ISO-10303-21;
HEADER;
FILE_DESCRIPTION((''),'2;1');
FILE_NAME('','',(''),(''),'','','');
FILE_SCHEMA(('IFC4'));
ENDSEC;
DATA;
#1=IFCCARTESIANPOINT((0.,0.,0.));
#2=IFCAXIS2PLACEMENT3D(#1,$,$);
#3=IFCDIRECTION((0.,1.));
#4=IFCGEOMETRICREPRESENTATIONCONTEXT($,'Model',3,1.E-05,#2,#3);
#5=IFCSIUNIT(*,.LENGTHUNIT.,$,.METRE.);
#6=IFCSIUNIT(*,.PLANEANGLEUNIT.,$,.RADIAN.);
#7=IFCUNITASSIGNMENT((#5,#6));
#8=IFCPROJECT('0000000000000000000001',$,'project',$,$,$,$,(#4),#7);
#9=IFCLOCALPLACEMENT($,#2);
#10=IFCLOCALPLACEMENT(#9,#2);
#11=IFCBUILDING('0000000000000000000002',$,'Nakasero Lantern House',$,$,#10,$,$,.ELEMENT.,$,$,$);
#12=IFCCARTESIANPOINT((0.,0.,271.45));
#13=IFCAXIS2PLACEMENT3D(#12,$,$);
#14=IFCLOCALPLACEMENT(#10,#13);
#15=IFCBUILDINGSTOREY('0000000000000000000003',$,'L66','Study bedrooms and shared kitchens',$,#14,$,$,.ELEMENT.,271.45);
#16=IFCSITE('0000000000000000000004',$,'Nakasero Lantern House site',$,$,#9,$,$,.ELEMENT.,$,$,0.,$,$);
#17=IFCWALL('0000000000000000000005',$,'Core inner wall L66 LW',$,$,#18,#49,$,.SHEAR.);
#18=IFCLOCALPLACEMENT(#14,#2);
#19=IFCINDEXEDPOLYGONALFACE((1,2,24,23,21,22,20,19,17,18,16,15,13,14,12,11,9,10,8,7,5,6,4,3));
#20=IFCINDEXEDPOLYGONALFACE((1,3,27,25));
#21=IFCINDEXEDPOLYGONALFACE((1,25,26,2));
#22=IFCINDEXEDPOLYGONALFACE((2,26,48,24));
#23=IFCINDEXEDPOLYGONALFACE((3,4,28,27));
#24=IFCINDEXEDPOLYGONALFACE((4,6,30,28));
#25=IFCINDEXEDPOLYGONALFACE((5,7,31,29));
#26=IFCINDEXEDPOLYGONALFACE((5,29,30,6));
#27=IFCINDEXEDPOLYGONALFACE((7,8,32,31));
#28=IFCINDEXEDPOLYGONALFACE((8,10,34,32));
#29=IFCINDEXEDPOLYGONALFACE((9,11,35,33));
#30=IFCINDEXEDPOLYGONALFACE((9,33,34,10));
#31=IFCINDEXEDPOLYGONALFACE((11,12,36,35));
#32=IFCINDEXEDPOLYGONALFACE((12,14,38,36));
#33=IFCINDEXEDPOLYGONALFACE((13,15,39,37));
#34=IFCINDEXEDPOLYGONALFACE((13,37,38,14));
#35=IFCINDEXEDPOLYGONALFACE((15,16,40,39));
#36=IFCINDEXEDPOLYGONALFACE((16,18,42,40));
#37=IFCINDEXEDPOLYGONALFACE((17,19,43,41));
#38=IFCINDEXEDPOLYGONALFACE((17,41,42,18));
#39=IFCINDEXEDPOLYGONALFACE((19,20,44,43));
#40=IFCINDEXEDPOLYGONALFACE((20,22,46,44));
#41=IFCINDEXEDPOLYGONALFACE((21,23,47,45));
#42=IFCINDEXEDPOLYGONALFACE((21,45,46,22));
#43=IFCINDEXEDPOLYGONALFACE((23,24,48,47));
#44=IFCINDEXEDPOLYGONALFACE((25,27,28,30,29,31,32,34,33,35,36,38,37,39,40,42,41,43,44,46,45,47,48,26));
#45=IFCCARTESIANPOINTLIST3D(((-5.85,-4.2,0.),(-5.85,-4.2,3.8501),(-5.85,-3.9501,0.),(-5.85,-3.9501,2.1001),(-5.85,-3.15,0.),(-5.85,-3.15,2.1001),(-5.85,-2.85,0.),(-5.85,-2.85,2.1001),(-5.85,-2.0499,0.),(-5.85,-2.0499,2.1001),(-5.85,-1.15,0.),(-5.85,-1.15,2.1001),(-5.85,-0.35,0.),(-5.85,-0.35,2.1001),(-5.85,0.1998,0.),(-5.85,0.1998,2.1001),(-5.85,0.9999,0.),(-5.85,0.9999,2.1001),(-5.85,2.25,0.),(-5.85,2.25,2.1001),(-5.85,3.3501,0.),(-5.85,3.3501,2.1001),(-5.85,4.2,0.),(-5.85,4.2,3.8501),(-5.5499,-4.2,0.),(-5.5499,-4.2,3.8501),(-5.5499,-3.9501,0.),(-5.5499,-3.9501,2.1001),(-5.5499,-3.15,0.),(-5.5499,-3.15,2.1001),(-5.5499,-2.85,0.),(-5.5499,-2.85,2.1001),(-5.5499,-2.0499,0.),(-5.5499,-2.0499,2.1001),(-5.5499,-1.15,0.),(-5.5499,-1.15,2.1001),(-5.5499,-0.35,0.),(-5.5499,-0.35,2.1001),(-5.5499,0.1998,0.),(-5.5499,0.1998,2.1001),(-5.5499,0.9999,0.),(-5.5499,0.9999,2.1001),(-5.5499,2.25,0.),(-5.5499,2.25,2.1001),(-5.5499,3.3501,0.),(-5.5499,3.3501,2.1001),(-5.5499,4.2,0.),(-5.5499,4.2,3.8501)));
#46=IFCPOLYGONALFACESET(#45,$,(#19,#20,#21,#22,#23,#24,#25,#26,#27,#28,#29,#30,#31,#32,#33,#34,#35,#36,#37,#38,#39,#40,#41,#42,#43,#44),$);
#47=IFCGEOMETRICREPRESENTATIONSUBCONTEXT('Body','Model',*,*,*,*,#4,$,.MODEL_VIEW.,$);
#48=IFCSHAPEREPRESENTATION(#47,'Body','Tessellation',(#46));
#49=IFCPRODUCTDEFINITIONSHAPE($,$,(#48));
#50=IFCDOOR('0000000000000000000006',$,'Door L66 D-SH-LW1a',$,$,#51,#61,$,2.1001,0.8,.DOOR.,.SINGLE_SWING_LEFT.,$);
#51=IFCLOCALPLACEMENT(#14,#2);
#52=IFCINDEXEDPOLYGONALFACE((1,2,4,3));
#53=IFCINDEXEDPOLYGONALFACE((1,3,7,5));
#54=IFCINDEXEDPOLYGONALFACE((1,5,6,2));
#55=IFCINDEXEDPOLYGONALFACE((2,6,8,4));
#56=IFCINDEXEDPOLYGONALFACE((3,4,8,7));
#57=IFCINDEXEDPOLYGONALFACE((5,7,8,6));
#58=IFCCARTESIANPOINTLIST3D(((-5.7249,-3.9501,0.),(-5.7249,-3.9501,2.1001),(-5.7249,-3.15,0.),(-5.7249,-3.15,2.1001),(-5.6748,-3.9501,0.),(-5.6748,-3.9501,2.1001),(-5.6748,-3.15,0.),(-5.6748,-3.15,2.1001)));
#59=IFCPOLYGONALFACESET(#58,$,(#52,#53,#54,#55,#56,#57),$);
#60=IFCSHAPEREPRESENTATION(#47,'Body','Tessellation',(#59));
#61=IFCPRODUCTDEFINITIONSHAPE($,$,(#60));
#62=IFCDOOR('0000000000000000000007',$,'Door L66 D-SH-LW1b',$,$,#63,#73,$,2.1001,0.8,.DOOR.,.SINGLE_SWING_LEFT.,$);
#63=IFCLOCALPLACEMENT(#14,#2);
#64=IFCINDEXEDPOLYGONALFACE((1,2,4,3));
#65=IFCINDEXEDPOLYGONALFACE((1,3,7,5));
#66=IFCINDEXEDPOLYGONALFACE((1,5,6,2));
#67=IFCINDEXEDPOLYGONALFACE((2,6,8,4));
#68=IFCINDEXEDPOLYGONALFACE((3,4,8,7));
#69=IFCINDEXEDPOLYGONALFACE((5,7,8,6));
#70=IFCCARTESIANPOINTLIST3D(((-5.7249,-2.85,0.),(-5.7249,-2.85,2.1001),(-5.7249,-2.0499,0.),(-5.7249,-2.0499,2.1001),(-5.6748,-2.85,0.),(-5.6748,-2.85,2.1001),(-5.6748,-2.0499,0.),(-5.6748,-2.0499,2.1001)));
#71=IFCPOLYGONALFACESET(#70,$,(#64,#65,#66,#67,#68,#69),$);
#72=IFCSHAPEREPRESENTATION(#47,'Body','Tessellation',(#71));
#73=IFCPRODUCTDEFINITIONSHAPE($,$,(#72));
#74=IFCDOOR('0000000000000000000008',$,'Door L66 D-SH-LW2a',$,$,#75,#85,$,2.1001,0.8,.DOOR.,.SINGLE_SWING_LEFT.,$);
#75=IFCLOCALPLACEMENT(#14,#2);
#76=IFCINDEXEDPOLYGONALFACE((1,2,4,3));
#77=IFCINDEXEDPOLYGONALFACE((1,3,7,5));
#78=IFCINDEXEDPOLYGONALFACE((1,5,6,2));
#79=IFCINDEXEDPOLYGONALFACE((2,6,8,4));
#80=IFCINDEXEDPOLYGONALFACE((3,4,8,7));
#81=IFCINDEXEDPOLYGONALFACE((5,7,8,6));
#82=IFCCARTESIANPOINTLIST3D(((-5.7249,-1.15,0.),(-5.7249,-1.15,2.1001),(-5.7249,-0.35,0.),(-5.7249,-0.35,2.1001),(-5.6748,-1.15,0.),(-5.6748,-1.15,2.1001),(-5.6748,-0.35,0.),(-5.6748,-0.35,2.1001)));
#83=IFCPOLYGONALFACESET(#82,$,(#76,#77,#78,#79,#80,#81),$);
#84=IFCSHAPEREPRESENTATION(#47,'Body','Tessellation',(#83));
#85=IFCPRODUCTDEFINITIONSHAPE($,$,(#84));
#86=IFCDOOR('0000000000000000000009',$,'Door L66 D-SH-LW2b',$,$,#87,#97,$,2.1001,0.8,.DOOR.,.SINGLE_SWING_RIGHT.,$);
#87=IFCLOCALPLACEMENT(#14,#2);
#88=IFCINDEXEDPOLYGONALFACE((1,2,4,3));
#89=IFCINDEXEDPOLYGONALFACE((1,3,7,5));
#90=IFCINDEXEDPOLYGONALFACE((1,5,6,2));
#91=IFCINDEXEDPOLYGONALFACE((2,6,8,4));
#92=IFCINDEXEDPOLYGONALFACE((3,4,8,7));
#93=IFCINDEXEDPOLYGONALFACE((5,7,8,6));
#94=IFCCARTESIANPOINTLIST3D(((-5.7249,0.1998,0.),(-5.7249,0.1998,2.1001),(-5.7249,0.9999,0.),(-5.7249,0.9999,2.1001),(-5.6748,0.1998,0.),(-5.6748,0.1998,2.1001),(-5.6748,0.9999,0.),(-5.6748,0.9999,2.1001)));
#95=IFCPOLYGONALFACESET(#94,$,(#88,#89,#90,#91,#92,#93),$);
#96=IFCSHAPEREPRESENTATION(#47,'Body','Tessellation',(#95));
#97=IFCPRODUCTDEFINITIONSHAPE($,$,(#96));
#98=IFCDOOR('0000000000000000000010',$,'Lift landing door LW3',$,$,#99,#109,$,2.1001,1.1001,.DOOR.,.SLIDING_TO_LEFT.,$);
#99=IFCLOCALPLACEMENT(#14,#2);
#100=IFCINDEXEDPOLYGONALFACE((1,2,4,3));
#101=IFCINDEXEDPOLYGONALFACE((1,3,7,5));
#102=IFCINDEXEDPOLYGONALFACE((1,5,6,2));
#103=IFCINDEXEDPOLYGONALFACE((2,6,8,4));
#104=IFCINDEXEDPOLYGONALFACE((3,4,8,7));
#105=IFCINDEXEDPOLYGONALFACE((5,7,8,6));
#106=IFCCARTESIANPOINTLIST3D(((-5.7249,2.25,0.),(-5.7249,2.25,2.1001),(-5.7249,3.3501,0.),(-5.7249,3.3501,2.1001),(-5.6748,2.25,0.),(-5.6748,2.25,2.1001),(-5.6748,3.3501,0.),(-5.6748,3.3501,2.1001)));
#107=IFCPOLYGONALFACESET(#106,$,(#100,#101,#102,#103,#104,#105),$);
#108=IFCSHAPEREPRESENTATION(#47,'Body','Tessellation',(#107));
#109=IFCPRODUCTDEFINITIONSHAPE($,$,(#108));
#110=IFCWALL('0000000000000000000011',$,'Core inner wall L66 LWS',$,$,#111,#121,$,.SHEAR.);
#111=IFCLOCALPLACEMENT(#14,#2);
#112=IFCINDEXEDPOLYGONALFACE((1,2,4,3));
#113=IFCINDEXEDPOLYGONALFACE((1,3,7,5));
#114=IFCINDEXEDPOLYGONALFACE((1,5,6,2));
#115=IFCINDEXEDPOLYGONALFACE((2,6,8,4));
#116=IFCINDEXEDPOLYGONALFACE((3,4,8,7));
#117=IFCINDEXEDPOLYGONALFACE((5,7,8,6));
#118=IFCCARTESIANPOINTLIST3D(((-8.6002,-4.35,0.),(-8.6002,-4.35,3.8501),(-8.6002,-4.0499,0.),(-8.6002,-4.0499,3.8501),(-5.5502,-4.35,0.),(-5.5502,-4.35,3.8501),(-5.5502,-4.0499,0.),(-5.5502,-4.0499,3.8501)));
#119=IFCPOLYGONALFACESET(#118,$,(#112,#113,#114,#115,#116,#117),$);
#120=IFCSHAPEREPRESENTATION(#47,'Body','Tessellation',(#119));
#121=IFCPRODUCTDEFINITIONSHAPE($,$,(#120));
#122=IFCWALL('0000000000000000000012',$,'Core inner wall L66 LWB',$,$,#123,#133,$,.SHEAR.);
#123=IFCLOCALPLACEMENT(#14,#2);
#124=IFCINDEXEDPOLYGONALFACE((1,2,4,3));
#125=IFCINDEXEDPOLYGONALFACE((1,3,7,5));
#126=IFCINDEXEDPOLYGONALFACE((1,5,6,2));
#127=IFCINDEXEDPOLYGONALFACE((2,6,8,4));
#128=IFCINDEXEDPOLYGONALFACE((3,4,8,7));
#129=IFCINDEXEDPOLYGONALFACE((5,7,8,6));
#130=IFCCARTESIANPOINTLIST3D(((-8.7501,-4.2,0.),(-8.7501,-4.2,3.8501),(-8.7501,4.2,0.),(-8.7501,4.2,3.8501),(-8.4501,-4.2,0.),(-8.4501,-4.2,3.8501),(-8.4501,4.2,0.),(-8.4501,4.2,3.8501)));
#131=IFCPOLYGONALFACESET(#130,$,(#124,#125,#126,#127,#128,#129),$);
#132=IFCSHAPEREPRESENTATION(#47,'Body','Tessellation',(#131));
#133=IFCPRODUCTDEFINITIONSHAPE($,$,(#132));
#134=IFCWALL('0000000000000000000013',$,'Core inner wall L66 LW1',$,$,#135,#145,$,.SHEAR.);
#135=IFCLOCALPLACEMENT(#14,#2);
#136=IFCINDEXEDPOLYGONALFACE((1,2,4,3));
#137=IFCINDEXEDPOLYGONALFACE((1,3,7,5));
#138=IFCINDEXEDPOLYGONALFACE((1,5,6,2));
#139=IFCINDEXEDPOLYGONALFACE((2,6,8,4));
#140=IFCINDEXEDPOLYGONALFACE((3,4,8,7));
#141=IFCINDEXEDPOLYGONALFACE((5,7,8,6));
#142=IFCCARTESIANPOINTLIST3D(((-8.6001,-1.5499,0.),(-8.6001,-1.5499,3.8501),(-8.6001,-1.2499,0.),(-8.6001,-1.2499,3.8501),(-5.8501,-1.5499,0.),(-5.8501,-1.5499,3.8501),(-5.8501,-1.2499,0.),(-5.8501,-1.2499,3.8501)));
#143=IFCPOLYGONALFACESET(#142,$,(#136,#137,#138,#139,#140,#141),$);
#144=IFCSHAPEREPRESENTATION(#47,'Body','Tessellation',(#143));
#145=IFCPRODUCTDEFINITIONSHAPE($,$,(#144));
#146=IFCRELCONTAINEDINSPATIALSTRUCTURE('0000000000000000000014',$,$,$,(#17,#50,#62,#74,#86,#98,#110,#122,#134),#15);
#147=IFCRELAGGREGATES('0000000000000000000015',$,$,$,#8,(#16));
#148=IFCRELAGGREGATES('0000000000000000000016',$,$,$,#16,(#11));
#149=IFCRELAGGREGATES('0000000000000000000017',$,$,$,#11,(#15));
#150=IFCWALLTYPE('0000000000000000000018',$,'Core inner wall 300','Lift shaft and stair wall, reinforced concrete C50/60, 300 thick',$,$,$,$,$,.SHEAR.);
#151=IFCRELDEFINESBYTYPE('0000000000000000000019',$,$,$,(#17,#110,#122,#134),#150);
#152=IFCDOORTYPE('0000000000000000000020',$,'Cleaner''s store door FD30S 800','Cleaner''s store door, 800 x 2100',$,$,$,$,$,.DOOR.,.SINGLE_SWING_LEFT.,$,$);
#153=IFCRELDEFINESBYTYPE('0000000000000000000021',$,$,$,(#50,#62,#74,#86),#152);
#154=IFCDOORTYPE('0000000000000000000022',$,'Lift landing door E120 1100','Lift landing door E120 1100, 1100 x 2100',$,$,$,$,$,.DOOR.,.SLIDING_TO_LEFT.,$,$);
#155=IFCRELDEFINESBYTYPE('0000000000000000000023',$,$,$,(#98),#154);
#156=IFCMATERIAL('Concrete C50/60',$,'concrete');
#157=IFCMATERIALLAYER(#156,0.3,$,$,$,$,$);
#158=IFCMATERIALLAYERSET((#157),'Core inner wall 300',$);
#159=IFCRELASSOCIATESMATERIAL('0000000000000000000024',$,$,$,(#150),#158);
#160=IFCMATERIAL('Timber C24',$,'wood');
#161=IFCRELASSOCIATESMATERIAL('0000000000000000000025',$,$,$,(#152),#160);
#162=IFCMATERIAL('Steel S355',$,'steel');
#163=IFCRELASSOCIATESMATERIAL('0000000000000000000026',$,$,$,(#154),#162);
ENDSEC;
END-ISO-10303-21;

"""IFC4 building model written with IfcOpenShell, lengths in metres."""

from ifc_helpers import new_model, si_unit, direction, frame, frame_2d, origin, place, context, subcontext, project, spatial, rectangle, extrude, material, layer, layer_set, type_object, element, fill, save


model = new_model("IFC4")

# Units and contexts
model_context = context("Model", 3, precision=1e-05, world=origin(), true_north=direction((0.0, 1.0)))
body_context = subcontext(model_context, "Body", "Model", "MODEL_VIEW")
ifc_project = project(units=[si_unit("LENGTHUNIT", "METRE"), si_unit("PLANEANGLEUNIT", "RADIAN")], contexts=[model_context])

# Site, building, storey
site_placement = place(None, origin())
site = spatial("IfcSite", under=ifc_project, at=site_placement, Name="Nakasero Lantern House site", CompositionType="ELEMENT", RefElevation=0.0)
building_placement = place(site_placement, origin())
building = spatial("IfcBuilding", under=site, at=building_placement, Name="Nakasero Lantern House", CompositionType="ELEMENT")
storey_placement = place(building_placement, frame((0.0, 0.0, 271.45)))
storey = spatial("IfcBuildingStorey", under=building, at=storey_placement, Name="L66", Description="Study bedrooms and shared kitchens", CompositionType="ELEMENT", Elevation=271.45)

# Wall, openings, doors
ifc_material_1 = material(Name="Concrete C50/60", Category="concrete")
ifc_layer_1 = layer(ifc_material_1, 0.3)
ifc_layer_set_1 = layer_set([ifc_layer_1], Name="Core inner wall 300")
wall_type_1 = type_object("IfcWallType", Name="Core inner wall 300", Description="Lift shaft and stair wall, reinforced concrete C50/60, 300 thick", PredefinedType="SHEAR", material=ifc_layer_set_1)
wall_1_placement = place(storey_placement, frame((-5.7, -4.2, 0.0), z_axis=(0.0, 0.0, 1.0), x_axis=(0.0, 1.0, 0.0)))
wall_1 = element("IfcWall", 1, at=wall_1_placement, inside=storey, type_object=wall_type_1, Name="Core inner wall L66 LW", PredefinedType="SHEAR", context=body_context, shape_type="SweptSolid", body=[
    extrude(rectangle(XDim=8.3999, YDim=0.3, at=frame_2d((4.2, 0.0))), origin(), (0.0, 0.0, 1.0), 3.8501),
])
opening_1_placement = place(wall_1_placement, frame((0.25, 0.0, 0.0)))
opening_1 = element("IfcOpeningElement", 2, at=opening_1_placement, cuts=wall_1, PredefinedType="OPENING", context=body_context, shape_type="SweptSolid", body=[
    extrude(rectangle(XDim=0.8, YDim=2.1001, at=frame_2d((0.3999, 1.05))), frame((0.0, 0.1699, 0.0), z_axis=(0.0, -1.0, 0.0), x_axis=(1.0, 0.0, 0.0)), (0.0, 0.0, 1.0), 0.3401),
])
opening_2_placement = place(wall_1_placement, frame((1.3501, 0.0, 0.0)))
opening_2 = element("IfcOpeningElement", 3, at=opening_2_placement, cuts=wall_1, PredefinedType="OPENING", context=body_context, shape_type="SweptSolid", body=[
    extrude(rectangle(XDim=0.8, YDim=2.1001, at=frame_2d((0.3999, 1.05))), frame((0.0, 0.1699, 0.0), z_axis=(0.0, -1.0, 0.0), x_axis=(1.0, 0.0, 0.0)), (0.0, 0.0, 1.0), 0.3401),
])
opening_3_placement = place(wall_1_placement, frame((3.05, 0.0, 0.0)))
opening_3 = element("IfcOpeningElement", 4, at=opening_3_placement, cuts=wall_1, PredefinedType="OPENING", context=body_context, shape_type="SweptSolid", body=[
    extrude(rectangle(XDim=0.8, YDim=2.1001, at=frame_2d((0.3999, 1.05))), frame((0.0, 0.1699, 0.0), z_axis=(0.0, -1.0, 0.0), x_axis=(1.0, 0.0, 0.0)), (0.0, 0.0, 1.0), 0.3401),
])
opening_4_placement = place(wall_1_placement, frame((4.3999, 0.0, 0.0)))
opening_4 = element("IfcOpeningElement", 5, at=opening_4_placement, cuts=wall_1, PredefinedType="OPENING", context=body_context, shape_type="SweptSolid", body=[
    extrude(rectangle(XDim=0.8, YDim=2.1001, at=frame_2d((0.3999, 1.05))), frame((0.0, 0.1699, 0.0), z_axis=(0.0, -1.0, 0.0), x_axis=(1.0, 0.0, 0.0)), (0.0, 0.0, 1.0), 0.3401),
])
opening_5_placement = place(wall_1_placement, frame((6.45, 0.0, 0.0)))
opening_5 = element("IfcOpeningElement", 6, at=opening_5_placement, cuts=wall_1, PredefinedType="OPENING", context=body_context, shape_type="SweptSolid", body=[
    extrude(rectangle(XDim=1.1001, YDim=2.1001, at=frame_2d((0.55, 1.05))), frame((0.0, 0.1699, 0.0), z_axis=(0.0, -1.0, 0.0), x_axis=(1.0, 0.0, 0.0)), (0.0, 0.0, 1.0), 0.3401),
])
ifc_material_2 = material(Name="Timber C24", Category="wood")
door_type_1 = type_object("IfcDoorType", Name="Cleaner's store door FD30S 800", Description="Cleaner's store door, 800 x 2100", OperationType="SINGLE_SWING_LEFT", PredefinedType="DOOR", material=ifc_material_2)
door_1_placement = place(opening_1_placement, origin())
door_1 = element("IfcDoor", 7, at=door_1_placement, inside=storey, type_object=door_type_1, Name="Door L66 D-SH-LW1a", OperationType="SINGLE_SWING_LEFT", OverallHeight=2.1001, OverallWidth=0.8, PredefinedType="DOOR", context=body_context, shape_type="SweptSolid", body=[
    extrude(rectangle(XDim=0.8, YDim=2.1001, at=frame_2d((0.3999, 1.05))), frame((0.0, 0.0249, 0.0), z_axis=(0.0, -1.0, 0.0), x_axis=(1.0, 0.0, 0.0)), (0.0, 0.0, 1.0), 0.05),
])
fill(opening_1, door_1)
door_2_placement = place(opening_2_placement, origin())
door_2 = element("IfcDoor", 8, at=door_2_placement, inside=storey, type_object=door_type_1, Name="Door L66 D-SH-LW1b", OperationType="SINGLE_SWING_LEFT", OverallHeight=2.1001, OverallWidth=0.8, PredefinedType="DOOR", context=body_context, shape_type="SweptSolid", body=[
    extrude(rectangle(XDim=0.8, YDim=2.1001, at=frame_2d((0.3999, 1.05))), frame((0.0, 0.0249, 0.0), z_axis=(0.0, -1.0, 0.0), x_axis=(1.0, 0.0, 0.0)), (0.0, 0.0, 1.0), 0.05),
])
fill(opening_2, door_2)
door_3_placement = place(opening_3_placement, origin())
door_3 = element("IfcDoor", 9, at=door_3_placement, inside=storey, type_object=door_type_1, Name="Door L66 D-SH-LW2a", OperationType="SINGLE_SWING_LEFT", OverallHeight=2.1001, OverallWidth=0.8, PredefinedType="DOOR", context=body_context, shape_type="SweptSolid", body=[
    extrude(rectangle(XDim=0.8, YDim=2.1001, at=frame_2d((0.3999, 1.05))), frame((0.0, 0.0249, 0.0), z_axis=(0.0, -1.0, 0.0), x_axis=(1.0, 0.0, 0.0)), (0.0, 0.0, 1.0), 0.05),
])
fill(opening_3, door_3)
door_4_placement = place(opening_4_placement, origin())
door_4 = element("IfcDoor", 10, at=door_4_placement, inside=storey, type_object=door_type_1, Name="Door L66 D-SH-LW2b", OperationType="SINGLE_SWING_RIGHT", OverallHeight=2.1001, OverallWidth=0.8, PredefinedType="DOOR", context=body_context, shape_type="SweptSolid", body=[
    extrude(rectangle(XDim=0.8, YDim=2.1001, at=frame_2d((0.3999, 1.05))), frame((0.0, 0.0249, 0.0), z_axis=(0.0, -1.0, 0.0), x_axis=(1.0, 0.0, 0.0)), (0.0, 0.0, 1.0), 0.05),
])
fill(opening_4, door_4)
ifc_material_3 = material(Name="Steel S355", Category="steel")
door_type_2 = type_object("IfcDoorType", Name="Lift landing door E120 1100", Description="Lift landing door E120 1100, 1100 x 2100", OperationType="SLIDING_TO_LEFT", PredefinedType="DOOR", material=ifc_material_3)
door_5_placement = place(opening_5_placement, origin())
door_5 = element("IfcDoor", 11, at=door_5_placement, inside=storey, type_object=door_type_2, Name="Lift landing door LW3", OperationType="SLIDING_TO_LEFT", OverallHeight=2.1001, OverallWidth=1.1001, PredefinedType="DOOR", context=body_context, shape_type="SweptSolid", body=[
    extrude(rectangle(XDim=1.1001, YDim=2.1001, at=frame_2d((0.55, 1.05))), frame((0.0, 0.0249, 0.0), z_axis=(0.0, -1.0, 0.0), x_axis=(1.0, 0.0, 0.0)), (0.0, 0.0, 1.0), 0.05),
])
fill(opening_5, door_5)

# Walls
wall_2_placement = place(storey_placement, frame((-8.6001, -4.2, 0.0), z_axis=(0.0, 0.0, 1.0), x_axis=(1.0, 0.0, 0.0)))
element("IfcWall", 12, at=wall_2_placement, inside=storey, type_object=wall_type_1, Name="Core inner wall L66 LWS", PredefinedType="SHEAR", context=body_context, shape_type="SweptSolid", body=[
    extrude(rectangle(XDim=3.05, YDim=0.3, at=frame_2d((1.5249, 0.0))), origin(), (0.0, 0.0, 1.0), 3.8501),
])
wall_3_placement = place(storey_placement, frame((-8.6001, -4.2, 0.0), z_axis=(0.0, 0.0, 1.0), x_axis=(0.0, 1.0, 0.0)))
element("IfcWall", 13, at=wall_3_placement, inside=storey, type_object=wall_type_1, Name="Core inner wall L66 LWB", PredefinedType="SHEAR", context=body_context, shape_type="SweptSolid", body=[
    extrude(rectangle(XDim=8.3999, YDim=0.3, at=frame_2d((4.2, 0.0))), origin(), (0.0, 0.0, 1.0), 3.8501),
])
wall_4_placement = place(storey_placement, frame((-8.6001, -1.3999, 0.0), z_axis=(0.0, 0.0, 1.0), x_axis=(1.0, 0.0, 0.0)))
element("IfcWall", 14, at=wall_4_placement, inside=storey, type_object=wall_type_1, Name="Core inner wall L66 LW1", PredefinedType="SHEAR", context=body_context, shape_type="SweptSolid", body=[
    extrude(rectangle(XDim=2.75, YDim=0.3, at=frame_2d((1.375, 0.0))), origin(), (0.0, 0.0, 1.0), 3.8501),
])

save(model, "model.ifc")
